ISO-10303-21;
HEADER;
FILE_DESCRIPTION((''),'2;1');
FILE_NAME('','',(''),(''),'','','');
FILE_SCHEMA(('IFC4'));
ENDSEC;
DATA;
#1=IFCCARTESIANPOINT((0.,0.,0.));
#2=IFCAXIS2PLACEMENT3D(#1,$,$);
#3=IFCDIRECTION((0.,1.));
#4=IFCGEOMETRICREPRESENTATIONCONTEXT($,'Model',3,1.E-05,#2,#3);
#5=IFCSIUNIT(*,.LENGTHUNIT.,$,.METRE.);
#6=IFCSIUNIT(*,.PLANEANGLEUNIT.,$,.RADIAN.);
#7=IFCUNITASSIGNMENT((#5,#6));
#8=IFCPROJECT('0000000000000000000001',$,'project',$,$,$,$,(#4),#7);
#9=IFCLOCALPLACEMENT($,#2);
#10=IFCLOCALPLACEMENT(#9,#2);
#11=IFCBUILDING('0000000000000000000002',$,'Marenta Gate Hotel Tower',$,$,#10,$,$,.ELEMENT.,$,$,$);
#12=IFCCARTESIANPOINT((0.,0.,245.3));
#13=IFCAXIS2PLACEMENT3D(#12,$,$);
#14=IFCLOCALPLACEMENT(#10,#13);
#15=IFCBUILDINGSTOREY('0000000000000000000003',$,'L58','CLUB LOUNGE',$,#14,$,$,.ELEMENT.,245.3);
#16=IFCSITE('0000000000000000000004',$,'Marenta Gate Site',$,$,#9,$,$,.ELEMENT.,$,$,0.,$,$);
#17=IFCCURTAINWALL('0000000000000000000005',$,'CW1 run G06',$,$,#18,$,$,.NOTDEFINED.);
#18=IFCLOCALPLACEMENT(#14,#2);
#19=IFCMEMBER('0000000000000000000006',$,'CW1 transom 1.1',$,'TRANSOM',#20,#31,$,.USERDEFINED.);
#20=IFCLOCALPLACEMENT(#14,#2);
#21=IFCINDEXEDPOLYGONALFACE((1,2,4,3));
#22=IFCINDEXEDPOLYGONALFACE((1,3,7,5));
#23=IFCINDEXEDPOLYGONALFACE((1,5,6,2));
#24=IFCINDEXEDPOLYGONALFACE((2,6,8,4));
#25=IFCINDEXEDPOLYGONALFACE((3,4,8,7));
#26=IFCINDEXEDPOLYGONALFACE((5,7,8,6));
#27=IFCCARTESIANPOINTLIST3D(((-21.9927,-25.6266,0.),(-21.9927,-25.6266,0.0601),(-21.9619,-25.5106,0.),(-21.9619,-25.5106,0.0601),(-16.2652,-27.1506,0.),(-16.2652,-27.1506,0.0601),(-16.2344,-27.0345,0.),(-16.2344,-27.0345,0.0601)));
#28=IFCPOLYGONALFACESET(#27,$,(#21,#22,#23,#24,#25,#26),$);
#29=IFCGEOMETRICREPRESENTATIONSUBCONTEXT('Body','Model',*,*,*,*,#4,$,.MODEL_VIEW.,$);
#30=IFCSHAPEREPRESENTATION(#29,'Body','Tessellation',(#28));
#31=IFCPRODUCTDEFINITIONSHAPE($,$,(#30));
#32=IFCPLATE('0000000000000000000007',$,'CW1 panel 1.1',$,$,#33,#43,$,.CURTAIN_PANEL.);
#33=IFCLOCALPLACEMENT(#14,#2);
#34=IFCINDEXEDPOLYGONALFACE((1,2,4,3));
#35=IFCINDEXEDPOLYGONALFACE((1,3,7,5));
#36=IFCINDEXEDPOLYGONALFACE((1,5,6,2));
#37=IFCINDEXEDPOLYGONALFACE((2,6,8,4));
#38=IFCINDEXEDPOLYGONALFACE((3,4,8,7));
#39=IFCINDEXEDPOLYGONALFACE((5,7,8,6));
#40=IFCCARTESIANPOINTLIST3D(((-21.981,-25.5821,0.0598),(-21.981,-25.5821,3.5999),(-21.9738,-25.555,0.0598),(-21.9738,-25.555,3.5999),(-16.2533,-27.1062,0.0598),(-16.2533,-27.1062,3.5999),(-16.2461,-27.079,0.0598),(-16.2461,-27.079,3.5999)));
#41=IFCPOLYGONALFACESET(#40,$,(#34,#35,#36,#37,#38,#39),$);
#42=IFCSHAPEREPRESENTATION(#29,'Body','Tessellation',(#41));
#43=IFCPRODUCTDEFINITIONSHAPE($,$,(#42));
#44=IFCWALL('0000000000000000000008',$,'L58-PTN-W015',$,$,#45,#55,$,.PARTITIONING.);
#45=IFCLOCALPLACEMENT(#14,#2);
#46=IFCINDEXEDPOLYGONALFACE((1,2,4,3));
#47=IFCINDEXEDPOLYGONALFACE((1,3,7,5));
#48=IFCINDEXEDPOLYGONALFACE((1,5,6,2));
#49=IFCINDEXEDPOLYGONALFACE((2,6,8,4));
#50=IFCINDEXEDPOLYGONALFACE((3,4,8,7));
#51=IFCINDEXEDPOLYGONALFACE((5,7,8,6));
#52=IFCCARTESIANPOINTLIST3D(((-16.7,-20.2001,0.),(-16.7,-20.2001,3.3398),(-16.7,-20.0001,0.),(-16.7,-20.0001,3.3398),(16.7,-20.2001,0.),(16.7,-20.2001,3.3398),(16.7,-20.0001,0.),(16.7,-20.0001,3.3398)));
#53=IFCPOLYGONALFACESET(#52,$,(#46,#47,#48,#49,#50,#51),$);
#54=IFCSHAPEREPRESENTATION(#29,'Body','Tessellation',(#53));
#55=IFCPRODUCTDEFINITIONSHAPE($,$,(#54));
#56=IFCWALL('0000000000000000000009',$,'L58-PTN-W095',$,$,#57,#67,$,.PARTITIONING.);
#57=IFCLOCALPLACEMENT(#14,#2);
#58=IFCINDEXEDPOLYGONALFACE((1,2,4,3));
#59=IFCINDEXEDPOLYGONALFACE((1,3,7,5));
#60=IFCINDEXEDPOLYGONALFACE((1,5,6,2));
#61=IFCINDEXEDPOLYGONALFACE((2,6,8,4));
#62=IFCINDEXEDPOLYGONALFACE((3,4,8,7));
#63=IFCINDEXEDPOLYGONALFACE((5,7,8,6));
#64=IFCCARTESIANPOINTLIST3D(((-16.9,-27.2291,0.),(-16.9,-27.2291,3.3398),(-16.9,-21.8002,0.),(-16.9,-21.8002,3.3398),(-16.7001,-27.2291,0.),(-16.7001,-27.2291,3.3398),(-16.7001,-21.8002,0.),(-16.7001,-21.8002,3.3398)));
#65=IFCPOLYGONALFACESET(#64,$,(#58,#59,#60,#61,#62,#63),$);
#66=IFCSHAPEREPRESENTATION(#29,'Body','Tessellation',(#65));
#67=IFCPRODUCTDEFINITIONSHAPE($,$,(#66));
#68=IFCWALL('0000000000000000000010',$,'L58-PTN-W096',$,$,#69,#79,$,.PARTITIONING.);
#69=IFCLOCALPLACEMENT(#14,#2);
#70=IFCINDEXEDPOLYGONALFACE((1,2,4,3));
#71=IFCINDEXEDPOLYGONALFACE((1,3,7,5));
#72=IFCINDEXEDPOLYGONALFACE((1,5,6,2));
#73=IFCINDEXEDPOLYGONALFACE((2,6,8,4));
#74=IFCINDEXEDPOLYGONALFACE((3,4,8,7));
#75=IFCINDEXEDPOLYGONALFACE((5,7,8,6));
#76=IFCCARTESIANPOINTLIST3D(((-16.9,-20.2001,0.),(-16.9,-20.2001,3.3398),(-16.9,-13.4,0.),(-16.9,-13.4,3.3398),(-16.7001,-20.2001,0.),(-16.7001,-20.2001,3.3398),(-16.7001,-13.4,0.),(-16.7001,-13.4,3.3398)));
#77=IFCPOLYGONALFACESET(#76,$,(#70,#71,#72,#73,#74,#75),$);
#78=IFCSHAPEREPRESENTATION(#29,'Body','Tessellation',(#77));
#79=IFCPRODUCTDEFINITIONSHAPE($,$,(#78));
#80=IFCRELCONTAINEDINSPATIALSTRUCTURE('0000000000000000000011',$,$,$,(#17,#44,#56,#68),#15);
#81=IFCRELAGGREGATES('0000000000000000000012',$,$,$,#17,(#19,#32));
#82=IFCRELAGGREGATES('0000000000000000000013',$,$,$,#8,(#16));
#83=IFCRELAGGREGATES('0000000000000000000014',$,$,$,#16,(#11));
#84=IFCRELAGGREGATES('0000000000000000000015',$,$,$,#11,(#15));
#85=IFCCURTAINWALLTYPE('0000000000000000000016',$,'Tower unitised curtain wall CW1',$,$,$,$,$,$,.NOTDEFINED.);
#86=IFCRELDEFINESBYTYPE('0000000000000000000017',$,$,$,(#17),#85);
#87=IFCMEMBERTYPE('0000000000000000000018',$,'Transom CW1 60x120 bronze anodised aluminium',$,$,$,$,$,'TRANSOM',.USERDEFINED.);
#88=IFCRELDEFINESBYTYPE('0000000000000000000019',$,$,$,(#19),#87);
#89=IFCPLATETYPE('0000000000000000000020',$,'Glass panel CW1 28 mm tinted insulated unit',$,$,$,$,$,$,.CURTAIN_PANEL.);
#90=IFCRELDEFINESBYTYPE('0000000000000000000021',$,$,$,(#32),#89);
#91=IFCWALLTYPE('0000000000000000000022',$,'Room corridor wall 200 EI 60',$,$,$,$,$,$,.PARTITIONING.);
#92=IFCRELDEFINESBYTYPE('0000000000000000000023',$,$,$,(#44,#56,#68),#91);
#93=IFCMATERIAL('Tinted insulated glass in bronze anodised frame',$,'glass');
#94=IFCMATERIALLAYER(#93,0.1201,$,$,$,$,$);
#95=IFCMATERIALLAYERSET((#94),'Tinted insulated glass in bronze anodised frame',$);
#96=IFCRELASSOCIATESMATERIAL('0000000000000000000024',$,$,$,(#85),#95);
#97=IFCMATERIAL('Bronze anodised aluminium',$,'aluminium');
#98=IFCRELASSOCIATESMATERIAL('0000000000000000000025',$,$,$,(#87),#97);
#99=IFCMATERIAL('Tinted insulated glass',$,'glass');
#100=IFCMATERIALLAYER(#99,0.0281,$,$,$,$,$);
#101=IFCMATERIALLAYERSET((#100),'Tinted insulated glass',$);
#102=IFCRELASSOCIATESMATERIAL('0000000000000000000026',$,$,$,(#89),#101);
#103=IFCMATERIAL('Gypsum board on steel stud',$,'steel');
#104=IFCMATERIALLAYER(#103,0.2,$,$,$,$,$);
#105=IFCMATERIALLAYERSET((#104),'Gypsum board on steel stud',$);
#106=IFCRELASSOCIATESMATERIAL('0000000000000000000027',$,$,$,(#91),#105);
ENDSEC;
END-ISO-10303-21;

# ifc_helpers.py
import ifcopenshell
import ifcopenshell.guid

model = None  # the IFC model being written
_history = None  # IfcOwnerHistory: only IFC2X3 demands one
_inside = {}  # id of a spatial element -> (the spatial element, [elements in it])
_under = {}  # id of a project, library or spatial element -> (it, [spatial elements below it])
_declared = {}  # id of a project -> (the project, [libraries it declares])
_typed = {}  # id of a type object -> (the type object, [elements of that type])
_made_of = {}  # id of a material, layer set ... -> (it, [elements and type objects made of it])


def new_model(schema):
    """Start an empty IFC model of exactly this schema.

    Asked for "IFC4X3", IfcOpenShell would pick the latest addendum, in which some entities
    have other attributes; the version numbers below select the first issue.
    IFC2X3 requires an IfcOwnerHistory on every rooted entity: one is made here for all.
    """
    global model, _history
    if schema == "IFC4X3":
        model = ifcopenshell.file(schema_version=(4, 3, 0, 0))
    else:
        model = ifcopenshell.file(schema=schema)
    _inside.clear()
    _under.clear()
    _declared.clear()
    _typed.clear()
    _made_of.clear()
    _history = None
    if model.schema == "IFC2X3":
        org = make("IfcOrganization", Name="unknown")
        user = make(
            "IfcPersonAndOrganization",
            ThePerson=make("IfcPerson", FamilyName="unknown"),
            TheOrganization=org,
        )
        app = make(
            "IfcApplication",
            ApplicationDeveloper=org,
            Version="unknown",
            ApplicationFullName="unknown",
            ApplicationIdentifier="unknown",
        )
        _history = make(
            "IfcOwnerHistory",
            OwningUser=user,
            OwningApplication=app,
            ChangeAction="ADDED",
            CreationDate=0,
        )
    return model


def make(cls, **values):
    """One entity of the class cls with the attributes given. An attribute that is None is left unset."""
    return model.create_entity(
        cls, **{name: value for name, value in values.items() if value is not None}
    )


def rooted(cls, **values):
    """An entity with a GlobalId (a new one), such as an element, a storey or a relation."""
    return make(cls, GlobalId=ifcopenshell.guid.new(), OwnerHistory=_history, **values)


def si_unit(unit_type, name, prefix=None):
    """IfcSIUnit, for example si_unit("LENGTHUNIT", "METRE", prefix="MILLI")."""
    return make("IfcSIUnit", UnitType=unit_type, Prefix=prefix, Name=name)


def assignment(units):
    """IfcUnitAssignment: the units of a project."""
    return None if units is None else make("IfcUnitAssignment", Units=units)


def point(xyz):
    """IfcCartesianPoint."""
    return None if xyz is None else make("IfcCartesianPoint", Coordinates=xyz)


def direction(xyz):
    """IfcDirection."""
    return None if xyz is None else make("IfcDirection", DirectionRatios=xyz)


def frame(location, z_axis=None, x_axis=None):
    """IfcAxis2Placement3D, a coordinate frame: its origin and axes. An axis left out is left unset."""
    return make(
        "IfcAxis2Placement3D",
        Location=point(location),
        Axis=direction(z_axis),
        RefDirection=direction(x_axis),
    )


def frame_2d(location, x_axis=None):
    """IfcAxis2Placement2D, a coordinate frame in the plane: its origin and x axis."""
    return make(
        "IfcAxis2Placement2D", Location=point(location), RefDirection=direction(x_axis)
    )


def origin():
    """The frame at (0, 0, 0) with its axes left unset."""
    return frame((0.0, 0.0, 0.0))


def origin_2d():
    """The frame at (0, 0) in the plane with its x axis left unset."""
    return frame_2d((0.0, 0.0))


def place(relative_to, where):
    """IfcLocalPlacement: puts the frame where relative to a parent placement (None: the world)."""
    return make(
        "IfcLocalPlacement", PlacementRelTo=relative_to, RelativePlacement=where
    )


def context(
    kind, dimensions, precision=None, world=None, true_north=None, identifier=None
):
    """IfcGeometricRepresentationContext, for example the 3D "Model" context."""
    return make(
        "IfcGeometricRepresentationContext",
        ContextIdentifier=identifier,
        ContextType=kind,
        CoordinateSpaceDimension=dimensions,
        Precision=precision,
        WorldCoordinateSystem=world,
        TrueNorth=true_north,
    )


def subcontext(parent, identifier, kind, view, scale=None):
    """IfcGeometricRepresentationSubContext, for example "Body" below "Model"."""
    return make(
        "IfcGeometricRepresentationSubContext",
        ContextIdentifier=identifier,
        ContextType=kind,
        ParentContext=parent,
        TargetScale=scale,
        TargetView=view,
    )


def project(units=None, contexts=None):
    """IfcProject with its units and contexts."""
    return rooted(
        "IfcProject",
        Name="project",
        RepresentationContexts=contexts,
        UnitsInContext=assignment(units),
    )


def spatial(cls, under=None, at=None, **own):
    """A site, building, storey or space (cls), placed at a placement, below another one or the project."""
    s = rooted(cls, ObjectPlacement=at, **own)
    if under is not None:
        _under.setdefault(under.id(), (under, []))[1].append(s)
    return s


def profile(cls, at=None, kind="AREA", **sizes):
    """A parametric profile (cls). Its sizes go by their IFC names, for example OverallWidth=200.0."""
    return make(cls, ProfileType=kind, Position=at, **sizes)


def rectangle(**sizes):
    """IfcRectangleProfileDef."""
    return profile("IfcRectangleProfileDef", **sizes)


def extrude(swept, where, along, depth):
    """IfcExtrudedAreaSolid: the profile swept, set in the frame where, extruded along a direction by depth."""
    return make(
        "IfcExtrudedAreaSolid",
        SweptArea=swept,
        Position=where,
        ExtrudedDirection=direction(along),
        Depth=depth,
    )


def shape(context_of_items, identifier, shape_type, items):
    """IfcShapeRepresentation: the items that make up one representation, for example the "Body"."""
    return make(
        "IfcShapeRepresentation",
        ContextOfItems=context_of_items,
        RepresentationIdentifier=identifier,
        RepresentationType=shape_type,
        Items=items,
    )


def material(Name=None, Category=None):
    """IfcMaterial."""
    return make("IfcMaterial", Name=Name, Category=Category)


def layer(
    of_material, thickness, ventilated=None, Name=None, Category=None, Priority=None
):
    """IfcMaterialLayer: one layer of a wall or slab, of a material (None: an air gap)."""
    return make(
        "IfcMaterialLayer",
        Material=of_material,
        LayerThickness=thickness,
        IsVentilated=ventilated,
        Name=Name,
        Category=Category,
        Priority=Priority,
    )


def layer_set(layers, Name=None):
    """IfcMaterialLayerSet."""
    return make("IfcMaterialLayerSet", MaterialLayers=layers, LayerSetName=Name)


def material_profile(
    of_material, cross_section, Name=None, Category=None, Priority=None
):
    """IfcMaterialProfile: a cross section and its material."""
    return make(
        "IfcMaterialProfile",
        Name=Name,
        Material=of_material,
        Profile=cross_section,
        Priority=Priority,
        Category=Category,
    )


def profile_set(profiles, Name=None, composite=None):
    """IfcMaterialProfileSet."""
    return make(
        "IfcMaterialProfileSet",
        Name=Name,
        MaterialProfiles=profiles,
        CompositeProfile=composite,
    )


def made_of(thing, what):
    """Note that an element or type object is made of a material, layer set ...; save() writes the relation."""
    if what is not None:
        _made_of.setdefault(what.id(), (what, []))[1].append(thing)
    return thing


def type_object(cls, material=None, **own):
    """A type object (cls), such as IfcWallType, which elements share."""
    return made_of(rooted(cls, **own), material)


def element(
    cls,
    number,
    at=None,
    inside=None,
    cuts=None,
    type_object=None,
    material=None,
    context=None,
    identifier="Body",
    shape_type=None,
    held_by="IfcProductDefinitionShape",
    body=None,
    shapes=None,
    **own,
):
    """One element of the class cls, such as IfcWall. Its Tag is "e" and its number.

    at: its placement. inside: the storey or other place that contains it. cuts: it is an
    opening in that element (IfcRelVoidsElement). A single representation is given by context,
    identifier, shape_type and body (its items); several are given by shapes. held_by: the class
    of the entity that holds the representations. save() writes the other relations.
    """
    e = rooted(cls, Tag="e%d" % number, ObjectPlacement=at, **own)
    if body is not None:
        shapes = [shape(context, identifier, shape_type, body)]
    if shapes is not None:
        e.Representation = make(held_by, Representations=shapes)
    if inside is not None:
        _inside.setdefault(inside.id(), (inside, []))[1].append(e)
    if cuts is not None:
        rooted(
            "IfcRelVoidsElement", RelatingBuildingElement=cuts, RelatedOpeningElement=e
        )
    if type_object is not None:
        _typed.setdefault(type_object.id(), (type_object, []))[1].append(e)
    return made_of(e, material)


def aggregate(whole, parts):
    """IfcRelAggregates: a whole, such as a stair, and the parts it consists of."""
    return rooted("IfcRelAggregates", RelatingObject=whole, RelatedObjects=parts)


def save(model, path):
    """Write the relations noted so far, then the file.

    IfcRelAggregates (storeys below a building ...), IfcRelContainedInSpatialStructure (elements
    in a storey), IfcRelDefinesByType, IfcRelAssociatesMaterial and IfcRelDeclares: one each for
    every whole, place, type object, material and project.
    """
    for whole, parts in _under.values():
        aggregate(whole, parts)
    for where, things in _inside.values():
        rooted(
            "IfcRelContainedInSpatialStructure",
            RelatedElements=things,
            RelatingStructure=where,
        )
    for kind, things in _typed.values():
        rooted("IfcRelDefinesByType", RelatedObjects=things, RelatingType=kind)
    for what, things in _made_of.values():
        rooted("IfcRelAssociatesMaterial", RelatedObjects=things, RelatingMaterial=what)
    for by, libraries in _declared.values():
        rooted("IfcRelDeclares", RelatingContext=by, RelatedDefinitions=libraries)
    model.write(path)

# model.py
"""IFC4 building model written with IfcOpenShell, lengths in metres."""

from ifc_helpers import new_model, si_unit, direction, frame, frame_2d, origin, origin_2d, place, context, subcontext, project, spatial, rectangle, extrude, material, layer, layer_set, material_profile, profile_set, type_object, element, aggregate, save


model = new_model("IFC4")

# Units and contexts
model_context = context("Model", 3, precision=1e-05, world=origin(), true_north=direction((0.0, 1.0)))
body_context = subcontext(model_context, "Body", "Model", "MODEL_VIEW")
ifc_project = project(units=[si_unit("LENGTHUNIT", "METRE"), si_unit("PLANEANGLEUNIT", "RADIAN")], contexts=[model_context])

# Site, building, storey
site_placement = place(None, origin())
site = spatial("IfcSite", under=ifc_project, at=site_placement, Name="Marenta Gate Site", CompositionType="ELEMENT", RefElevation=0.0)
building_placement = place(site_placement, origin())
building = spatial("IfcBuilding", under=site, at=building_placement, Name="Marenta Gate Hotel Tower", CompositionType="ELEMENT")
storey_placement = place(building_placement, frame((0.0, 0.0, 245.3)))
storey = spatial("IfcBuildingStorey", under=building, at=storey_placement, Name="L58", Description="CLUB LOUNGE", CompositionType="ELEMENT", Elevation=245.3)

# Curtain wall, member, plate
ifc_material_1 = material(Name="Tinted insulated glass in bronze anodised frame", Category="glass")
ifc_layer_1 = layer(ifc_material_1, 0.1201)
ifc_layer_set_1 = layer_set([ifc_layer_1], Name="Tinted insulated glass in bronze anodised frame")
curtain_wall_type = type_object("IfcCurtainWallType", Name="Tower unitised curtain wall CW1", PredefinedType="NOTDEFINED", material=ifc_layer_set_1)
curtain_wall_placement = place(storey_placement, origin())
curtain_wall = element("IfcCurtainWall", 1, at=curtain_wall_placement, inside=storey, type_object=curtain_wall_type, Name="CW1 run G06", PredefinedType="NOTDEFINED")
ifc_material_2 = material(Name="Bronze anodised aluminium", Category="aluminium")
ifc_material_profile_1 = material_profile(ifc_material_2, rectangle(XDim=0.1201, YDim=0.0601, at=origin_2d()), Name="Transom CW1 60x120 bronze anodised aluminium")
ifc_profile_set_1 = profile_set([ifc_material_profile_1], Name="Bronze anodised aluminium")
member_type_1 = type_object("IfcMemberType", Name="Transom CW1 60x120 bronze anodised aluminium", ElementType="TRANSOM", PredefinedType="USERDEFINED", material=ifc_profile_set_1)
member_1_placement = place(storey_placement, frame((-21.9773, -25.5686, 0.03), z_axis=(0.966378, -0.257124, 0.0), x_axis=(0.257124, 0.966378, 0.0)))
member_1 = element("IfcMember", 2, at=member_1_placement, type_object=member_type_1, Name="CW1 transom 1.1", ObjectType="TRANSOM", PredefinedType="USERDEFINED", context=body_context, shape_type="SweptSolid", body=[
    extrude(rectangle(XDim=0.1201, YDim=0.0601, at=origin_2d()), origin(), (0.0, 0.0, 1.0), 5.9268),
])
ifc_material_3 = material(Name="Tinted insulated glass", Category="glass")
ifc_layer_2 = layer(ifc_material_3, 0.0281)
ifc_layer_set_2 = layer_set([ifc_layer_2], Name="Tinted insulated glass")
plate_type = type_object("IfcPlateType", Name="Glass panel CW1 28 mm tinted insulated unit", PredefinedType="CURTAIN_PANEL", material=ifc_layer_set_2)
plate_placement = place(storey_placement, frame((-19.1135, -26.3306, 0.0598), z_axis=(0.0, 0.0, 1.0), x_axis=(0.966374, -0.257139, 0.0)))
plate = element("IfcPlate", 3, at=plate_placement, type_object=plate_type, Name="CW1 panel 1.1", PredefinedType="CURTAIN_PANEL", context=body_context, shape_type="SweptSolid", body=[
    extrude(rectangle(XDim=5.927, YDim=0.0281, at=origin_2d()), origin(), (0.0, 0.0, 1.0), 3.54),
])
aggregate(curtain_wall, [member_1, plate])

# Shared definitions
ifc_material_4 = material(Name="Gypsum board on steel stud", Category="steel")
ifc_layer_3 = layer(ifc_material_4, 0.2)
ifc_layer_set_3 = layer_set([ifc_layer_3], Name="Gypsum board on steel stud")
wall_type = type_object("IfcWallType", Name="Room corridor wall 200 EI 60", PredefinedType="PARTITIONING", material=ifc_layer_set_3)

# Walls
wall_1_placement = place(storey_placement, frame((-16.7, -20.1001, 0.0), z_axis=(0.0, 0.0, 1.0), x_axis=(1.0, 0.0, 0.0)))
element("IfcWall", 4, at=wall_1_placement, inside=storey, type_object=wall_type, Name="L58-PTN-W015", PredefinedType="PARTITIONING", context=body_context, shape_type="SweptSolid", body=[
    extrude(rectangle(XDim=33.3999, YDim=0.2, at=frame_2d((16.7, 0.0))), origin(), (0.0, 0.0, 1.0), 3.3398),
])
wall_2_placement = place(storey_placement, frame((-16.8, -27.229, 0.0), z_axis=(0.0, 0.0, 1.0), x_axis=(0.0, 1.0, 0.0)))
element("IfcWall", 5, at=wall_2_placement, inside=storey, type_object=wall_type, Name="L58-PTN-W095", PredefinedType="PARTITIONING", context=body_context, shape_type="SweptSolid", body=[
    extrude(rectangle(XDim=5.429, YDim=0.2, at=frame_2d((2.7144, 0.0))), origin(), (0.0, 0.0, 1.0), 3.3398),
])
wall_3_placement = place(storey_placement, frame((-16.8, -20.2, 0.0), z_axis=(0.0, 0.0, 1.0), x_axis=(0.0, 1.0, 0.0)))
element("IfcWall", 6, at=wall_3_placement, inside=storey, type_object=wall_type, Name="L58-PTN-W096", PredefinedType="PARTITIONING", context=body_context, shape_type="SweptSolid", body=[
    extrude(rectangle(XDim=6.8, YDim=0.2, at=frame_2d((3.3999, 0.0))), origin(), (0.0, 0.0, 1.0), 3.3398),
])

save(model, "model.ifc")
